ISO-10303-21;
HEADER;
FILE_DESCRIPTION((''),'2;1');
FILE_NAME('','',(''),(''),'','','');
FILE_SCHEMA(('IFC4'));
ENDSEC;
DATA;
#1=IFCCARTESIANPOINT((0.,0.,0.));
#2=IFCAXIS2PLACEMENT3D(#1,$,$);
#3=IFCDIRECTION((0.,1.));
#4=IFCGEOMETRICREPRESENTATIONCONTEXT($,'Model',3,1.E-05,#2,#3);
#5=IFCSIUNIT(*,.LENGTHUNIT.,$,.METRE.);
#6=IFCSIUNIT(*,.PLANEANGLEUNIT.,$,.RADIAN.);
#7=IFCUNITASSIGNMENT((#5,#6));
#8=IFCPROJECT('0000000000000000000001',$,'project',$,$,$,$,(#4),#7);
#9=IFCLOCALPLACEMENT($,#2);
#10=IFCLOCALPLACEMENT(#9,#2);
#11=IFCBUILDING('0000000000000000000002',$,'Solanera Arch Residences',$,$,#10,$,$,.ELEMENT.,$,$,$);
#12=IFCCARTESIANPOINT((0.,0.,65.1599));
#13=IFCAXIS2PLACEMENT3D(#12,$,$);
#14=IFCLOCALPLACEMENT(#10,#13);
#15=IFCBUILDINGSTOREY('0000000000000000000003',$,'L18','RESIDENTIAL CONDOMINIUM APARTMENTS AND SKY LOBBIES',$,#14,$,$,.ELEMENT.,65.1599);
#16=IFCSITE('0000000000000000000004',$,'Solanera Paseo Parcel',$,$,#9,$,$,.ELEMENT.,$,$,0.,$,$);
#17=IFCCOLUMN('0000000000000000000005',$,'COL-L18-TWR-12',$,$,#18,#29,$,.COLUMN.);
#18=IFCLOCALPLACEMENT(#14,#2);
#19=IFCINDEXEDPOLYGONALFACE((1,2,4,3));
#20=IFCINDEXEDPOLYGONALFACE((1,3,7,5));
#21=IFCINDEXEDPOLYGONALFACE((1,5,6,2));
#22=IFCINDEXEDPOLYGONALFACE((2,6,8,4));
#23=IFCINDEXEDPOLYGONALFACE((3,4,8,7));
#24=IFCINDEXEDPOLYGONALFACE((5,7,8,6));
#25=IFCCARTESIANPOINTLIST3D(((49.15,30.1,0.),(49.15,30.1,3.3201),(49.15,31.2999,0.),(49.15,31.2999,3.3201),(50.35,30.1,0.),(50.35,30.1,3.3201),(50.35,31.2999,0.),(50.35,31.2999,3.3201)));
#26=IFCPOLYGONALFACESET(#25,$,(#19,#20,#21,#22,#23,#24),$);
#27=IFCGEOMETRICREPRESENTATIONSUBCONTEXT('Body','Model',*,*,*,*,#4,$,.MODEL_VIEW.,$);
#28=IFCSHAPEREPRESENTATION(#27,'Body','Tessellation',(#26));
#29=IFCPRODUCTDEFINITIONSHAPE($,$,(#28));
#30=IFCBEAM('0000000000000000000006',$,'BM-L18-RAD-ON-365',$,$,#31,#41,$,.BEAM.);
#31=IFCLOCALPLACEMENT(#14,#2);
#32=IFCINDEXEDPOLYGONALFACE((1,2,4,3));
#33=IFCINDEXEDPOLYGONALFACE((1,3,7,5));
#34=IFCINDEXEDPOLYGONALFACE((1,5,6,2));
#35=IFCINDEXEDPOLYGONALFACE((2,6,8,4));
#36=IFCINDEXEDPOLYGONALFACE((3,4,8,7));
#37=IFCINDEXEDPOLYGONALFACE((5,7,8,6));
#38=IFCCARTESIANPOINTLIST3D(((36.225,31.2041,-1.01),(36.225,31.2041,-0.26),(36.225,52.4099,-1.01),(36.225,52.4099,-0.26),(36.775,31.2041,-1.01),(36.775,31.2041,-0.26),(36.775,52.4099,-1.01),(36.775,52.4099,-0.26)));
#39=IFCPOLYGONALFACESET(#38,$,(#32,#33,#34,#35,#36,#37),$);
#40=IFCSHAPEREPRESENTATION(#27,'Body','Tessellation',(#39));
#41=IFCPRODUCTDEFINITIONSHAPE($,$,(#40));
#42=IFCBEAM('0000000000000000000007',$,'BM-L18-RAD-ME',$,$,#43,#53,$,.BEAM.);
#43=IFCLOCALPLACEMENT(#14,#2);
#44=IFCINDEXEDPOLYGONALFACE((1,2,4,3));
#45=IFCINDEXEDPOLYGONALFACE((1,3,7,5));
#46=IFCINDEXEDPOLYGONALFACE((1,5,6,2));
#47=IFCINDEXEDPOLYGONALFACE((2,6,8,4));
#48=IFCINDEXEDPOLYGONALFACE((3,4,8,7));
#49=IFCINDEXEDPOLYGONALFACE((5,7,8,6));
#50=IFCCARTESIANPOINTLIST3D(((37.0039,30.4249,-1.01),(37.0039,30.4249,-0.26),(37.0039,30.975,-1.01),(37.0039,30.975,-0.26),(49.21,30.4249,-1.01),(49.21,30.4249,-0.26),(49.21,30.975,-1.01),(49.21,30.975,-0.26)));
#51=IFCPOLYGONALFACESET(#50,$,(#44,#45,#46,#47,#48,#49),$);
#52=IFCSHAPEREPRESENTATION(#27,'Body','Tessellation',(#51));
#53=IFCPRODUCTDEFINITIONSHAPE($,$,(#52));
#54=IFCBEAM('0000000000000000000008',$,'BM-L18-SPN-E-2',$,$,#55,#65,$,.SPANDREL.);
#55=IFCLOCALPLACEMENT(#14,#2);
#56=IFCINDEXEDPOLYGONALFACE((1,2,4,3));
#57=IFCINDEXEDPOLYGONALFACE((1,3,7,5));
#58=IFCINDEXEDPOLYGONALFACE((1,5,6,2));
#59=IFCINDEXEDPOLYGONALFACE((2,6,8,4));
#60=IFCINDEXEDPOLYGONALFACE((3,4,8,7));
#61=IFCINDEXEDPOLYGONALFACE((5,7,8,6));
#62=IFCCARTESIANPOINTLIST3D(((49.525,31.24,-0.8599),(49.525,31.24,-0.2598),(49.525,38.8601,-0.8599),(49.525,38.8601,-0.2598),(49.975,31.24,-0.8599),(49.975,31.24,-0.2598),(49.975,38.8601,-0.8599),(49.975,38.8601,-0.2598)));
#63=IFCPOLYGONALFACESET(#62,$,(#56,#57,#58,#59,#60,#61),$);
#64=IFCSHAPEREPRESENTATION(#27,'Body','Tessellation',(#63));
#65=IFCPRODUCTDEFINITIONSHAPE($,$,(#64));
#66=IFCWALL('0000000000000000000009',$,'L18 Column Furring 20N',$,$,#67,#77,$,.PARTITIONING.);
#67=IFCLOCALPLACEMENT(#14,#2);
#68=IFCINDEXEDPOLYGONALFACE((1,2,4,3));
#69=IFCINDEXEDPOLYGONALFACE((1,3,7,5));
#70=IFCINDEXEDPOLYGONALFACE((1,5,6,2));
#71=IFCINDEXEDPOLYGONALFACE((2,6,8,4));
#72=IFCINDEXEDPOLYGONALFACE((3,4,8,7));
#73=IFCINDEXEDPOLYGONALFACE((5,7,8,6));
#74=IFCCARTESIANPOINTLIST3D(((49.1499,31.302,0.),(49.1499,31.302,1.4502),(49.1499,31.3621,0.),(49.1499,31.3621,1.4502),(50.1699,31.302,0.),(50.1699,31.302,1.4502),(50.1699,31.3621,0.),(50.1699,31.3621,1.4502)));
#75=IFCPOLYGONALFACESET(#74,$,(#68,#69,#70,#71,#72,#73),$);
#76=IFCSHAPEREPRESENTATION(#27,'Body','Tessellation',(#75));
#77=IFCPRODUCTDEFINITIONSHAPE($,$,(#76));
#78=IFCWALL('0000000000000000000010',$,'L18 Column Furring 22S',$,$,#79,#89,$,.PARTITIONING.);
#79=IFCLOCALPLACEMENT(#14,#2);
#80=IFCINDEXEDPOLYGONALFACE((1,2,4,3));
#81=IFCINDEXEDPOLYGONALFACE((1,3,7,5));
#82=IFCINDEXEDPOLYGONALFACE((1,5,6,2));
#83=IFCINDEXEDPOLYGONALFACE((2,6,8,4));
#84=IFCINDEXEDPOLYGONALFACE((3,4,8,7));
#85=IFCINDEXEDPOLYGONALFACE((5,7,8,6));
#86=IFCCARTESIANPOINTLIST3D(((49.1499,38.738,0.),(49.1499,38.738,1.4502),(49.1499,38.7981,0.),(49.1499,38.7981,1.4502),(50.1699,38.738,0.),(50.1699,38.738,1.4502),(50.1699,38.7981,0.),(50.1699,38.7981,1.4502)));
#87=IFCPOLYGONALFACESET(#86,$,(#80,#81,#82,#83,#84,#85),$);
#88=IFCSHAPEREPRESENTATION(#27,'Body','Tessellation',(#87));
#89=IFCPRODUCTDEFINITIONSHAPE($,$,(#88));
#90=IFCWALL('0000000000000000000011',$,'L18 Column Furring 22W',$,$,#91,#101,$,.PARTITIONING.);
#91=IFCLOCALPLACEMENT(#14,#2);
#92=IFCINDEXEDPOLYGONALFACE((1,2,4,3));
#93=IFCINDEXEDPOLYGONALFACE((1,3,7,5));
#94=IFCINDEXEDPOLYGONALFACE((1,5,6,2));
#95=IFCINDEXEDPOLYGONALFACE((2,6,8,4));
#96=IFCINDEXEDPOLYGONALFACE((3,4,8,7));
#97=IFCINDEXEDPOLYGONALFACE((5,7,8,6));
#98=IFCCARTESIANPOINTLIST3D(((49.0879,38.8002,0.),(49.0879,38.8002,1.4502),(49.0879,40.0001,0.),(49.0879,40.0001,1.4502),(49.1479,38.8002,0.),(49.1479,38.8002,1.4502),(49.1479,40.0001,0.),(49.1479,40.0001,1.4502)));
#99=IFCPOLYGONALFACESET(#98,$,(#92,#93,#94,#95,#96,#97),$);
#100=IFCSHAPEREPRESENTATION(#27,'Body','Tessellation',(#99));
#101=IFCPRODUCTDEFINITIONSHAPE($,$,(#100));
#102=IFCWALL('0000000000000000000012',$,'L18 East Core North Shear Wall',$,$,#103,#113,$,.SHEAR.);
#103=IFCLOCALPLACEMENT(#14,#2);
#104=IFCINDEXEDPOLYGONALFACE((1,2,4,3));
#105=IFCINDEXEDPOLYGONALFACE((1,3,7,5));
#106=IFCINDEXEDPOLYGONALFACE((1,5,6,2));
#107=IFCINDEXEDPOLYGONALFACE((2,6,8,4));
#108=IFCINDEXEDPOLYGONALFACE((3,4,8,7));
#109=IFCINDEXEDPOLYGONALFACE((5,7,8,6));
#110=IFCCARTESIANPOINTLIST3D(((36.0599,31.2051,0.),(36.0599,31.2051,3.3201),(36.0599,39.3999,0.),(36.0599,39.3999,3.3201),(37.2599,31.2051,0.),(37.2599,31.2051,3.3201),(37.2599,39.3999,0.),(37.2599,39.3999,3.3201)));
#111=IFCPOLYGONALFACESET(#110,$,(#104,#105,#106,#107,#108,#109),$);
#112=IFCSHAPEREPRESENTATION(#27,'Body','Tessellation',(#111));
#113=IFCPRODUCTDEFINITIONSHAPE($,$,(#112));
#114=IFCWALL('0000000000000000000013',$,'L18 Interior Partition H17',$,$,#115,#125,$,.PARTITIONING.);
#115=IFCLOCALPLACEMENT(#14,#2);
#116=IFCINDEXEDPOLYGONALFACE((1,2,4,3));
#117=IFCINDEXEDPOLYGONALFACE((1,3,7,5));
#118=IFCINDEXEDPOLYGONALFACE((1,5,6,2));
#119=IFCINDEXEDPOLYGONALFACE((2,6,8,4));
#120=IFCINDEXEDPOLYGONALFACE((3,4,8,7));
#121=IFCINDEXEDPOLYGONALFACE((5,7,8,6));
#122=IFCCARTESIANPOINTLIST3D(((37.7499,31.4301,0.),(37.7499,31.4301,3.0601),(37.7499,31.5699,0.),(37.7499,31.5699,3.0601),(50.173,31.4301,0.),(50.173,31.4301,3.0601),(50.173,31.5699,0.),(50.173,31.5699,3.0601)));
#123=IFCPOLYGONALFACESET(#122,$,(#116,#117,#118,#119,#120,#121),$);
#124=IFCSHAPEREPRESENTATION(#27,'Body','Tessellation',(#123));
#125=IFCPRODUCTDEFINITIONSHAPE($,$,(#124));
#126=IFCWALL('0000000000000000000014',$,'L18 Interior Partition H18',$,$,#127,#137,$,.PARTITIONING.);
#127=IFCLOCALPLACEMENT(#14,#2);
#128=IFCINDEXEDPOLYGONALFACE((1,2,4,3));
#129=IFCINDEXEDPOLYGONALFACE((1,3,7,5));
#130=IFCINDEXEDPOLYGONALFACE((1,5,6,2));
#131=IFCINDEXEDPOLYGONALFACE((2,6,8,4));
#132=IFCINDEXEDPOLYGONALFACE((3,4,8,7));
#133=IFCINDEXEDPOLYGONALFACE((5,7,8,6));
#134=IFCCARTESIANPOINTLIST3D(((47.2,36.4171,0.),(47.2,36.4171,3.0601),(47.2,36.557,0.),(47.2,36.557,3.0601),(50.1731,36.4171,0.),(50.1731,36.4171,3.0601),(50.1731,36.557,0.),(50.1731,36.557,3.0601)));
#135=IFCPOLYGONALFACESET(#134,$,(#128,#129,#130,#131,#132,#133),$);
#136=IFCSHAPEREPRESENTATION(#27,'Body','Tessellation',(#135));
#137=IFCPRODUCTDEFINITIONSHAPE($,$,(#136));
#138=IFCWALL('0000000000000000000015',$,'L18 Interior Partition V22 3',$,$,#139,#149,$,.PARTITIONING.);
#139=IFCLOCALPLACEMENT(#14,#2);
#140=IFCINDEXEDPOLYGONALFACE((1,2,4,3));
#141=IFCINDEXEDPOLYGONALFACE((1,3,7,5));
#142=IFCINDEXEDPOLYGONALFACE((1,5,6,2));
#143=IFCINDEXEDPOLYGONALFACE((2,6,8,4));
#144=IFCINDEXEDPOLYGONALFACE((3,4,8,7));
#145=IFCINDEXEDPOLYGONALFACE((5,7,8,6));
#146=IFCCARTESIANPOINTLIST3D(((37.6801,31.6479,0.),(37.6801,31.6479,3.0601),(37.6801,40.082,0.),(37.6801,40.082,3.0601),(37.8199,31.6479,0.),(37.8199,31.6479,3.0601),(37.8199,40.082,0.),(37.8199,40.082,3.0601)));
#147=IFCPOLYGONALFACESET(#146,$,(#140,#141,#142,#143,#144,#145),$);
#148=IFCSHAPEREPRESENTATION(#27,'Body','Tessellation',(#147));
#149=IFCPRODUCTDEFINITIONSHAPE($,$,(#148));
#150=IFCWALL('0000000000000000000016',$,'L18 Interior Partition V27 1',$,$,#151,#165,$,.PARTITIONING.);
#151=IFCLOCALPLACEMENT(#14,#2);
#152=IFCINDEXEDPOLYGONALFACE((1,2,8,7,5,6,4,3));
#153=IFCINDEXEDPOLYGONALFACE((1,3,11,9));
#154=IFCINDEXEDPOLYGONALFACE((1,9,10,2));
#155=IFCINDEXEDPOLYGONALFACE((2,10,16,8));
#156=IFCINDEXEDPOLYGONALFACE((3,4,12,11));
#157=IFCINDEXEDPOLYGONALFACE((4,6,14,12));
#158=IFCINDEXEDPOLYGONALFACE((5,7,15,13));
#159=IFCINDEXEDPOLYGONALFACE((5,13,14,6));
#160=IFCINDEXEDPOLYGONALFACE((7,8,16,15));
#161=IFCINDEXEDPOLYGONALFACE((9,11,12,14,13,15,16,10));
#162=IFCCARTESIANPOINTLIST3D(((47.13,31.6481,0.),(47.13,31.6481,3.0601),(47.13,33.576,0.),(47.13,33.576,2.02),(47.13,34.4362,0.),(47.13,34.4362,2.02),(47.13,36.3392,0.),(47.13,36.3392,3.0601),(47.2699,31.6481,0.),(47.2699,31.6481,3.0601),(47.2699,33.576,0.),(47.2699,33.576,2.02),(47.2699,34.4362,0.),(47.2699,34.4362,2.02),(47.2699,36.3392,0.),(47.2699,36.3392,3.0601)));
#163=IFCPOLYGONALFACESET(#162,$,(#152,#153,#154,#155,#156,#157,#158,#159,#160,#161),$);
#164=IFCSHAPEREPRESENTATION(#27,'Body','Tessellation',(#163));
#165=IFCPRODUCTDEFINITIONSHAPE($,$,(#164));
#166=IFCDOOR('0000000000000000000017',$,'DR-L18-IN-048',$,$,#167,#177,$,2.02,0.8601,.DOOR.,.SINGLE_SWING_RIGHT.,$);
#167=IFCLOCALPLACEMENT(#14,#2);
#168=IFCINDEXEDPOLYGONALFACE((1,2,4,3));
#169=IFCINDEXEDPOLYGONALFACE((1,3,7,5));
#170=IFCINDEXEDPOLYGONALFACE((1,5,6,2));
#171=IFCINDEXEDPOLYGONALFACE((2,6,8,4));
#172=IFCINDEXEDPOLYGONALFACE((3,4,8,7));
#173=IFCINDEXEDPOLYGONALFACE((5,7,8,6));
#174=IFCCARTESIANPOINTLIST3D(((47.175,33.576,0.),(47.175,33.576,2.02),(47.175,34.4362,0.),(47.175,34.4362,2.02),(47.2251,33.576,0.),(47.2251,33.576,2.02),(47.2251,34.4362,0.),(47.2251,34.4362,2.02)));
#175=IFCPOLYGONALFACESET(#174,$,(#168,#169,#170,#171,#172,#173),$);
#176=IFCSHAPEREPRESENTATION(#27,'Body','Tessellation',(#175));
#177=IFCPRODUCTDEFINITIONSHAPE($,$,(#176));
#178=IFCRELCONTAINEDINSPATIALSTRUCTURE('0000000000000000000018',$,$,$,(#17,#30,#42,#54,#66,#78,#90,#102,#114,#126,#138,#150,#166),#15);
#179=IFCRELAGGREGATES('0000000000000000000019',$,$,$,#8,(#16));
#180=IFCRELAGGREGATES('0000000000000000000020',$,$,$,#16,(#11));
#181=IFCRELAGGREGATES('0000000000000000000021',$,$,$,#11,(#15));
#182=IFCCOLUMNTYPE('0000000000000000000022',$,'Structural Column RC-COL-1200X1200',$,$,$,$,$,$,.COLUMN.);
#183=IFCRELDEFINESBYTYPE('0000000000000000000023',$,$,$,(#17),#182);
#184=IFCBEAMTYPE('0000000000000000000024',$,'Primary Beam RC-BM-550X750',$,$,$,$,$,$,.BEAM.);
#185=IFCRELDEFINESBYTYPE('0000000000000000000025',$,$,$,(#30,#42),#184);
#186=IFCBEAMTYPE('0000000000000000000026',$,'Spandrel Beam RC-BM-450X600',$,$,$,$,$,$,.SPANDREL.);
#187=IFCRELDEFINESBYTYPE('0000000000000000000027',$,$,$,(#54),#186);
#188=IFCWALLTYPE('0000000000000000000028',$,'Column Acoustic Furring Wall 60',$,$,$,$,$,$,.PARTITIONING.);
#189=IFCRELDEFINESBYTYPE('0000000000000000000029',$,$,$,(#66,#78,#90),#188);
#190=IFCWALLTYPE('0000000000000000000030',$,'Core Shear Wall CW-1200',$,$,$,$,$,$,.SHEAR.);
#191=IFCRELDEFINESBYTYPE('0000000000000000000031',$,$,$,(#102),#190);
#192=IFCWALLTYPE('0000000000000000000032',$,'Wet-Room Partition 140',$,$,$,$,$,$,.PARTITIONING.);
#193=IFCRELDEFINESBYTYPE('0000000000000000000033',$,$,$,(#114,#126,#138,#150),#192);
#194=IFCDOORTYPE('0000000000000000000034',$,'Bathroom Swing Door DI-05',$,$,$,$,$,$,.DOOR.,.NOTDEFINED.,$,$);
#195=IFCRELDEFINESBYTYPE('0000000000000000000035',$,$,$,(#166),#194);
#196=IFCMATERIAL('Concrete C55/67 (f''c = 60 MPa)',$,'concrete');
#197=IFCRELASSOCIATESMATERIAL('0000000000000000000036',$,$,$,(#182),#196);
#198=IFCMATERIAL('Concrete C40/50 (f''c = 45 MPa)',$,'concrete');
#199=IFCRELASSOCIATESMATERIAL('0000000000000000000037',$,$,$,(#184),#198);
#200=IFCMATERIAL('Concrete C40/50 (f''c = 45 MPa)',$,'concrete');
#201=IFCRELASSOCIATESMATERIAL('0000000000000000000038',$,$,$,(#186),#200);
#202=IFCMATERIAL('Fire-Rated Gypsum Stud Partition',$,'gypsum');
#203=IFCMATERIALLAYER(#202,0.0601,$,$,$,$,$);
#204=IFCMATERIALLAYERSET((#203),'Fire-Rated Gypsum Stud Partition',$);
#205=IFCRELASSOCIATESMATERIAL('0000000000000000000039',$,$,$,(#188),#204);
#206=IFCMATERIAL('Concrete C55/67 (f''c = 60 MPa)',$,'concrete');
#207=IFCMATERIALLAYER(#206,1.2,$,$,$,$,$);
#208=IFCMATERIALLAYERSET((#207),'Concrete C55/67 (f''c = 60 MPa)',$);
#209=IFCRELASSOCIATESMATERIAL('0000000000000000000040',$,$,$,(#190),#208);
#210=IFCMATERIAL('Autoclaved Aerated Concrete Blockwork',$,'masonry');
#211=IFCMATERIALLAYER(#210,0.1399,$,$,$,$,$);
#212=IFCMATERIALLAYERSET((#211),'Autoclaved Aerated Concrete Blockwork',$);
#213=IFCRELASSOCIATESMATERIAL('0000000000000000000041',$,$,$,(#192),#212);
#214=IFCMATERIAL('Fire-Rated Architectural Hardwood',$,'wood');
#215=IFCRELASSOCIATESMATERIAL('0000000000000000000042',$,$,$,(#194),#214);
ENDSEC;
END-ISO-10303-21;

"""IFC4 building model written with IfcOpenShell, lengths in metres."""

from ifc_helpers import new_model, si_unit, direction, frame, frame_2d, origin, origin_2d, place, context, subcontext, project, spatial, rectangle, extrude, material, layer, layer_set, material_profile, profile_set, type_object, element, fill, save


model = new_model("IFC4")

# Units and contexts
model_context = context("Model", 3, precision=1e-05, world=origin(), true_north=direction((0.0, 1.0)))
body_context = subcontext(model_context, "Body", "Model", "MODEL_VIEW")
ifc_project = project(units=[si_unit("LENGTHUNIT", "METRE"), si_unit("PLANEANGLEUNIT", "RADIAN")], contexts=[model_context])

# Site, building, storey
site_placement = place(None, origin())
site = spatial("IfcSite", under=ifc_project, at=site_placement, Name="Solanera Paseo Parcel", CompositionType="ELEMENT", RefElevation=0.0)
building_placement = place(site_placement, origin())
building = spatial("IfcBuilding", under=site, at=building_placement, Name="Solanera Arch Residences", CompositionType="ELEMENT")
storey_placement = place(building_placement, frame((0.0, 0.0, 65.1599)))
storey = spatial("IfcBuildingStorey", under=building, at=storey_placement, Name="L18", Description="RESIDENTIAL CONDOMINIUM APARTMENTS AND SKY LOBBIES", CompositionType="ELEMENT", Elevation=65.1599)

# Column
ifc_material_1 = material(Name="Concrete C55/67 (f'c = 60 MPa)", Category="concrete")
ifc_material_profile_1 = material_profile(ifc_material_1, rectangle(XDim=1.2, YDim=1.2, at=origin_2d()))
ifc_profile_set_1 = profile_set([ifc_material_profile_1], Name="Concrete C55/67 (f'c = 60 MPa)")
column_type = type_object("IfcColumnType", Name="Structural Column RC-COL-1200X1200", PredefinedType="COLUMN", material=ifc_profile_set_1)
column_placement = place(storey_placement, frame((49.75, 30.7, 0.0), z_axis=(0.0, 0.0, 1.0), x_axis=(1.0, 0.0, 0.0)))
element("IfcColumn", 1, at=column_placement, inside=storey, type_object=column_type, Name="COL-L18-TWR-12", PredefinedType="COLUMN", context=body_context, shape_type="SweptSolid", body=[
    extrude(rectangle(XDim=1.2, YDim=1.2, at=origin_2d()), origin(), (0.0, 0.0, 1.0), 3.3201),
])

# Beams
ifc_material_2 = material(Name="Concrete C40/50 (f'c = 45 MPa)", Category="concrete")
ifc_material_profile_2 = material_profile(ifc_material_2, rectangle(XDim=0.55, YDim=0.75, at=origin_2d()))
ifc_profile_set_2 = profile_set([ifc_material_profile_2], Name="Concrete C40/50 (f'c = 45 MPa)")
beam_type_1 = type_object("IfcBeamType", Name="Primary Beam RC-BM-550X750", PredefinedType="BEAM", material=ifc_profile_set_2)
beam_1_placement = place(storey_placement, frame((36.5, 31.2041, -0.635), z_axis=(0.0, 1.0, 0.0), x_axis=(-1.0, 0.0, 0.0)))
element("IfcBeam", 2, at=beam_1_placement, inside=storey, type_object=beam_type_1, Name="BM-L18-RAD-ON-365", PredefinedType="BEAM", context=body_context, shape_type="SweptSolid", body=[
    extrude(rectangle(XDim=0.55, YDim=0.75, at=origin_2d()), origin(), (0.0, 0.0, 1.0), 21.2058),
])
beam_2_placement = place(storey_placement, frame((37.0039, 30.7, -0.635), z_axis=(1.0, 0.0, 0.0), x_axis=(0.0, 1.0, 0.0)))
element("IfcBeam", 3, at=beam_2_placement, inside=storey, type_object=beam_type_1, Name="BM-L18-RAD-ME", PredefinedType="BEAM", context=body_context, shape_type="SweptSolid", body=[
    extrude(rectangle(XDim=0.55, YDim=0.75, at=origin_2d()), origin(), (0.0, 0.0, 1.0), 12.2061),
])
ifc_material_3 = material(Name="Concrete C40/50 (f'c = 45 MPa)", Category="concrete")
ifc_material_profile_3 = material_profile(ifc_material_3, rectangle(XDim=0.45, YDim=0.6001, at=origin_2d()))
ifc_profile_set_3 = profile_set([ifc_material_profile_3], Name="Concrete C40/50 (f'c = 45 MPa)")
beam_type_2 = type_object("IfcBeamType", Name="Spandrel Beam RC-BM-450X600", PredefinedType="SPANDREL", material=ifc_profile_set_3)
beam_3_placement = place(storey_placement, frame((49.75, 31.24, -0.5598), z_axis=(0.0, 1.0, 0.0), x_axis=(-1.0, 0.0, 0.0)))
element("IfcBeam", 4, at=beam_3_placement, inside=storey, type_object=beam_type_2, Name="BM-L18-SPN-E-2", PredefinedType="SPANDREL", context=body_context, shape_type="SweptSolid", body=[
    extrude(rectangle(XDim=0.45, YDim=0.6001, at=origin_2d()), origin(), (0.0, 0.0, 1.0), 7.6201),
])

# Walls
ifc_material_4 = material(Name="Fire-Rated Gypsum Stud Partition", Category="gypsum")
ifc_layer_1 = layer(ifc_material_4, 0.0601)
ifc_layer_set_1 = layer_set([ifc_layer_1], Name="Fire-Rated Gypsum Stud Partition")
wall_type_1 = type_object("IfcWallType", Name="Column Acoustic Furring Wall 60", PredefinedType="PARTITIONING", material=ifc_layer_set_1)
for number, where, z_axis, x_axis, name in (
    (5, (49.1499, 31.332, 0.0), (0.0, 0.0, 1.0), (1.0, 0.0, 0.0), "L18 Column Furring 20N"),
    (6, (49.1499, 38.7681, 0.0), (0.0, 0.0, 1.0), (1.0, 0.0, 0.0), "L18 Column Furring 22S"),
):
    element("IfcWall", number, at=place(storey_placement, frame(where, z_axis=z_axis, x_axis=x_axis)), inside=storey, type_object=wall_type_1, Name=name, PredefinedType="PARTITIONING", context=body_context, shape_type="SweptSolid", body=[
        extrude(rectangle(XDim=1.02, YDim=0.0601, at=frame_2d((0.51, 0.0))), origin(), (0.0, 0.0, 1.0), 1.4502),
    ])
wall_1_placement = place(storey_placement, frame((49.1179, 38.8, 0.0), z_axis=(0.0, 0.0, 1.0), x_axis=(0.0, 1.0, 0.0)))
element("IfcWall", 7, at=wall_1_placement, inside=storey, type_object=wall_type_1, Name="L18 Column Furring 22W", PredefinedType="PARTITIONING", context=body_context, shape_type="SweptSolid", body=[
    extrude(rectangle(XDim=1.2, YDim=0.0601, at=frame_2d((0.6001, 0.0))), origin(), (0.0, 0.0, 1.0), 1.4502),
])
ifc_material_5 = material(Name="Concrete C55/67 (f'c = 60 MPa)", Category="concrete")
ifc_layer_2 = layer(ifc_material_5, 1.2)
ifc_layer_set_2 = layer_set([ifc_layer_2], Name="Concrete C55/67 (f'c = 60 MPa)")
wall_type_2 = type_object("IfcWallType", Name="Core Shear Wall CW-1200", PredefinedType="SHEAR", material=ifc_layer_set_2)
wall_2_placement = place(storey_placement, frame((36.6599, 31.2051, 0.0), z_axis=(0.0, 0.0, 1.0), x_axis=(0.0, 1.0, 0.0)))
element("IfcWall", 8, at=wall_2_placement, inside=storey, type_object=wall_type_2, Name="L18 East Core North Shear Wall", PredefinedType="SHEAR", context=body_context, shape_type="SweptSolid", body=[
    extrude(rectangle(XDim=8.1948, YDim=1.2, at=frame_2d((4.0974, 0.0))), origin(), (0.0, 0.0, 1.0), 3.3201),
])
ifc_material_6 = material(Name="Autoclaved Aerated Concrete Blockwork", Category="masonry")
ifc_layer_3 = layer(ifc_material_6, 0.1399)
ifc_layer_set_3 = layer_set([ifc_layer_3], Name="Autoclaved Aerated Concrete Blockwork")
wall_type_3 = type_object("IfcWallType", Name="Wet-Room Partition 140", PredefinedType="PARTITIONING", material=ifc_layer_set_3)
wall_3_placement = place(storey_placement, frame((37.75, 31.5, 0.0), z_axis=(0.0, 0.0, 1.0), x_axis=(1.0, 0.0, 0.0)))
element("IfcWall", 9, at=wall_3_placement, inside=storey, type_object=wall_type_3, Name="L18 Interior Partition H17", PredefinedType="PARTITIONING", context=body_context, shape_type="SweptSolid", body=[
    extrude(rectangle(XDim=12.4231, YDim=0.1399, at=frame_2d((6.2114, 0.0))), origin(), (0.0, 0.0, 1.0), 3.0601),
])
wall_4_placement = place(storey_placement, frame((47.2, 36.4871, 0.0), z_axis=(0.0, 0.0, 1.0), x_axis=(1.0, 0.0, 0.0)))
element("IfcWall", 10, at=wall_4_placement, inside=storey, type_object=wall_type_3, Name="L18 Interior Partition H18", PredefinedType="PARTITIONING", context=body_context, shape_type="SweptSolid", body=[
    extrude(rectangle(XDim=2.9731, YDim=0.1399, at=frame_2d((1.4866, 0.0))), origin(), (0.0, 0.0, 1.0), 3.0601),
])
wall_5_placement = place(storey_placement, frame((37.75, 31.6479, 0.0), z_axis=(0.0, 0.0, 1.0), x_axis=(0.0, 1.0, 0.0)))
element("IfcWall", 11, at=wall_5_placement, inside=storey, type_object=wall_type_3, Name="L18 Interior Partition V22 3", PredefinedType="PARTITIONING", context=body_context, shape_type="SweptSolid", body=[
    extrude(rectangle(XDim=8.4341, YDim=0.1399, at=frame_2d((4.217, 0.0))), origin(), (0.0, 0.0, 1.0), 3.0601),
])

# Wall, opening, door
wall_6_placement = place(storey_placement, frame((47.2, 31.6479, 0.0), z_axis=(0.0, 0.0, 1.0), x_axis=(0.0, 1.0, 0.0)))
wall_6 = element("IfcWall", 12, at=wall_6_placement, inside=storey, type_object=wall_type_3, Name="L18 Interior Partition V27 1", PredefinedType="PARTITIONING", context=body_context, shape_type="SweptSolid", body=[
    extrude(rectangle(XDim=4.6912, YDim=0.1399, at=frame_2d((2.3457, 0.0))), origin(), (0.0, 0.0, 1.0), 3.0601),
])
opening_1_placement = place(wall_6_placement, frame((1.928, 0.0, 0.0)))
opening_1 = element("IfcOpeningElement", 13, at=opening_1_placement, cuts=wall_6, PredefinedType="OPENING", context=body_context, shape_type="SweptSolid", body=[
    extrude(rectangle(XDim=0.8601, YDim=2.02, at=frame_2d((0.4302, 1.01))), frame((0.0, 0.0798, 0.0), z_axis=(0.0, -1.0, 0.0), x_axis=(1.0, 0.0, 0.0)), (0.0, 0.0, 1.0), 0.1599),
])
ifc_material_7 = material(Name="Fire-Rated Architectural Hardwood", Category="wood")
door_type_1 = type_object("IfcDoorType", Name="Bathroom Swing Door DI-05", OperationType="NOTDEFINED", PredefinedType="DOOR", material=ifc_material_7)
door_1_placement = place(opening_1_placement, origin())
door_1 = element("IfcDoor", 14, at=door_1_placement, inside=storey, type_object=door_type_1, Name="DR-L18-IN-048", OperationType="SINGLE_SWING_RIGHT", OverallHeight=2.02, OverallWidth=0.8601, PredefinedType="DOOR", context=body_context, shape_type="SweptSolid", body=[
    extrude(rectangle(XDim=0.8601, YDim=2.02, at=frame_2d((0.4302, 1.01))), frame((0.0, 0.0249, 0.0), z_axis=(0.0, -1.0, 0.0), x_axis=(1.0, 0.0, 0.0)), (0.0, 0.0, 1.0), 0.05),
])
fill(opening_1, door_1)

save(model, "model.ifc")
